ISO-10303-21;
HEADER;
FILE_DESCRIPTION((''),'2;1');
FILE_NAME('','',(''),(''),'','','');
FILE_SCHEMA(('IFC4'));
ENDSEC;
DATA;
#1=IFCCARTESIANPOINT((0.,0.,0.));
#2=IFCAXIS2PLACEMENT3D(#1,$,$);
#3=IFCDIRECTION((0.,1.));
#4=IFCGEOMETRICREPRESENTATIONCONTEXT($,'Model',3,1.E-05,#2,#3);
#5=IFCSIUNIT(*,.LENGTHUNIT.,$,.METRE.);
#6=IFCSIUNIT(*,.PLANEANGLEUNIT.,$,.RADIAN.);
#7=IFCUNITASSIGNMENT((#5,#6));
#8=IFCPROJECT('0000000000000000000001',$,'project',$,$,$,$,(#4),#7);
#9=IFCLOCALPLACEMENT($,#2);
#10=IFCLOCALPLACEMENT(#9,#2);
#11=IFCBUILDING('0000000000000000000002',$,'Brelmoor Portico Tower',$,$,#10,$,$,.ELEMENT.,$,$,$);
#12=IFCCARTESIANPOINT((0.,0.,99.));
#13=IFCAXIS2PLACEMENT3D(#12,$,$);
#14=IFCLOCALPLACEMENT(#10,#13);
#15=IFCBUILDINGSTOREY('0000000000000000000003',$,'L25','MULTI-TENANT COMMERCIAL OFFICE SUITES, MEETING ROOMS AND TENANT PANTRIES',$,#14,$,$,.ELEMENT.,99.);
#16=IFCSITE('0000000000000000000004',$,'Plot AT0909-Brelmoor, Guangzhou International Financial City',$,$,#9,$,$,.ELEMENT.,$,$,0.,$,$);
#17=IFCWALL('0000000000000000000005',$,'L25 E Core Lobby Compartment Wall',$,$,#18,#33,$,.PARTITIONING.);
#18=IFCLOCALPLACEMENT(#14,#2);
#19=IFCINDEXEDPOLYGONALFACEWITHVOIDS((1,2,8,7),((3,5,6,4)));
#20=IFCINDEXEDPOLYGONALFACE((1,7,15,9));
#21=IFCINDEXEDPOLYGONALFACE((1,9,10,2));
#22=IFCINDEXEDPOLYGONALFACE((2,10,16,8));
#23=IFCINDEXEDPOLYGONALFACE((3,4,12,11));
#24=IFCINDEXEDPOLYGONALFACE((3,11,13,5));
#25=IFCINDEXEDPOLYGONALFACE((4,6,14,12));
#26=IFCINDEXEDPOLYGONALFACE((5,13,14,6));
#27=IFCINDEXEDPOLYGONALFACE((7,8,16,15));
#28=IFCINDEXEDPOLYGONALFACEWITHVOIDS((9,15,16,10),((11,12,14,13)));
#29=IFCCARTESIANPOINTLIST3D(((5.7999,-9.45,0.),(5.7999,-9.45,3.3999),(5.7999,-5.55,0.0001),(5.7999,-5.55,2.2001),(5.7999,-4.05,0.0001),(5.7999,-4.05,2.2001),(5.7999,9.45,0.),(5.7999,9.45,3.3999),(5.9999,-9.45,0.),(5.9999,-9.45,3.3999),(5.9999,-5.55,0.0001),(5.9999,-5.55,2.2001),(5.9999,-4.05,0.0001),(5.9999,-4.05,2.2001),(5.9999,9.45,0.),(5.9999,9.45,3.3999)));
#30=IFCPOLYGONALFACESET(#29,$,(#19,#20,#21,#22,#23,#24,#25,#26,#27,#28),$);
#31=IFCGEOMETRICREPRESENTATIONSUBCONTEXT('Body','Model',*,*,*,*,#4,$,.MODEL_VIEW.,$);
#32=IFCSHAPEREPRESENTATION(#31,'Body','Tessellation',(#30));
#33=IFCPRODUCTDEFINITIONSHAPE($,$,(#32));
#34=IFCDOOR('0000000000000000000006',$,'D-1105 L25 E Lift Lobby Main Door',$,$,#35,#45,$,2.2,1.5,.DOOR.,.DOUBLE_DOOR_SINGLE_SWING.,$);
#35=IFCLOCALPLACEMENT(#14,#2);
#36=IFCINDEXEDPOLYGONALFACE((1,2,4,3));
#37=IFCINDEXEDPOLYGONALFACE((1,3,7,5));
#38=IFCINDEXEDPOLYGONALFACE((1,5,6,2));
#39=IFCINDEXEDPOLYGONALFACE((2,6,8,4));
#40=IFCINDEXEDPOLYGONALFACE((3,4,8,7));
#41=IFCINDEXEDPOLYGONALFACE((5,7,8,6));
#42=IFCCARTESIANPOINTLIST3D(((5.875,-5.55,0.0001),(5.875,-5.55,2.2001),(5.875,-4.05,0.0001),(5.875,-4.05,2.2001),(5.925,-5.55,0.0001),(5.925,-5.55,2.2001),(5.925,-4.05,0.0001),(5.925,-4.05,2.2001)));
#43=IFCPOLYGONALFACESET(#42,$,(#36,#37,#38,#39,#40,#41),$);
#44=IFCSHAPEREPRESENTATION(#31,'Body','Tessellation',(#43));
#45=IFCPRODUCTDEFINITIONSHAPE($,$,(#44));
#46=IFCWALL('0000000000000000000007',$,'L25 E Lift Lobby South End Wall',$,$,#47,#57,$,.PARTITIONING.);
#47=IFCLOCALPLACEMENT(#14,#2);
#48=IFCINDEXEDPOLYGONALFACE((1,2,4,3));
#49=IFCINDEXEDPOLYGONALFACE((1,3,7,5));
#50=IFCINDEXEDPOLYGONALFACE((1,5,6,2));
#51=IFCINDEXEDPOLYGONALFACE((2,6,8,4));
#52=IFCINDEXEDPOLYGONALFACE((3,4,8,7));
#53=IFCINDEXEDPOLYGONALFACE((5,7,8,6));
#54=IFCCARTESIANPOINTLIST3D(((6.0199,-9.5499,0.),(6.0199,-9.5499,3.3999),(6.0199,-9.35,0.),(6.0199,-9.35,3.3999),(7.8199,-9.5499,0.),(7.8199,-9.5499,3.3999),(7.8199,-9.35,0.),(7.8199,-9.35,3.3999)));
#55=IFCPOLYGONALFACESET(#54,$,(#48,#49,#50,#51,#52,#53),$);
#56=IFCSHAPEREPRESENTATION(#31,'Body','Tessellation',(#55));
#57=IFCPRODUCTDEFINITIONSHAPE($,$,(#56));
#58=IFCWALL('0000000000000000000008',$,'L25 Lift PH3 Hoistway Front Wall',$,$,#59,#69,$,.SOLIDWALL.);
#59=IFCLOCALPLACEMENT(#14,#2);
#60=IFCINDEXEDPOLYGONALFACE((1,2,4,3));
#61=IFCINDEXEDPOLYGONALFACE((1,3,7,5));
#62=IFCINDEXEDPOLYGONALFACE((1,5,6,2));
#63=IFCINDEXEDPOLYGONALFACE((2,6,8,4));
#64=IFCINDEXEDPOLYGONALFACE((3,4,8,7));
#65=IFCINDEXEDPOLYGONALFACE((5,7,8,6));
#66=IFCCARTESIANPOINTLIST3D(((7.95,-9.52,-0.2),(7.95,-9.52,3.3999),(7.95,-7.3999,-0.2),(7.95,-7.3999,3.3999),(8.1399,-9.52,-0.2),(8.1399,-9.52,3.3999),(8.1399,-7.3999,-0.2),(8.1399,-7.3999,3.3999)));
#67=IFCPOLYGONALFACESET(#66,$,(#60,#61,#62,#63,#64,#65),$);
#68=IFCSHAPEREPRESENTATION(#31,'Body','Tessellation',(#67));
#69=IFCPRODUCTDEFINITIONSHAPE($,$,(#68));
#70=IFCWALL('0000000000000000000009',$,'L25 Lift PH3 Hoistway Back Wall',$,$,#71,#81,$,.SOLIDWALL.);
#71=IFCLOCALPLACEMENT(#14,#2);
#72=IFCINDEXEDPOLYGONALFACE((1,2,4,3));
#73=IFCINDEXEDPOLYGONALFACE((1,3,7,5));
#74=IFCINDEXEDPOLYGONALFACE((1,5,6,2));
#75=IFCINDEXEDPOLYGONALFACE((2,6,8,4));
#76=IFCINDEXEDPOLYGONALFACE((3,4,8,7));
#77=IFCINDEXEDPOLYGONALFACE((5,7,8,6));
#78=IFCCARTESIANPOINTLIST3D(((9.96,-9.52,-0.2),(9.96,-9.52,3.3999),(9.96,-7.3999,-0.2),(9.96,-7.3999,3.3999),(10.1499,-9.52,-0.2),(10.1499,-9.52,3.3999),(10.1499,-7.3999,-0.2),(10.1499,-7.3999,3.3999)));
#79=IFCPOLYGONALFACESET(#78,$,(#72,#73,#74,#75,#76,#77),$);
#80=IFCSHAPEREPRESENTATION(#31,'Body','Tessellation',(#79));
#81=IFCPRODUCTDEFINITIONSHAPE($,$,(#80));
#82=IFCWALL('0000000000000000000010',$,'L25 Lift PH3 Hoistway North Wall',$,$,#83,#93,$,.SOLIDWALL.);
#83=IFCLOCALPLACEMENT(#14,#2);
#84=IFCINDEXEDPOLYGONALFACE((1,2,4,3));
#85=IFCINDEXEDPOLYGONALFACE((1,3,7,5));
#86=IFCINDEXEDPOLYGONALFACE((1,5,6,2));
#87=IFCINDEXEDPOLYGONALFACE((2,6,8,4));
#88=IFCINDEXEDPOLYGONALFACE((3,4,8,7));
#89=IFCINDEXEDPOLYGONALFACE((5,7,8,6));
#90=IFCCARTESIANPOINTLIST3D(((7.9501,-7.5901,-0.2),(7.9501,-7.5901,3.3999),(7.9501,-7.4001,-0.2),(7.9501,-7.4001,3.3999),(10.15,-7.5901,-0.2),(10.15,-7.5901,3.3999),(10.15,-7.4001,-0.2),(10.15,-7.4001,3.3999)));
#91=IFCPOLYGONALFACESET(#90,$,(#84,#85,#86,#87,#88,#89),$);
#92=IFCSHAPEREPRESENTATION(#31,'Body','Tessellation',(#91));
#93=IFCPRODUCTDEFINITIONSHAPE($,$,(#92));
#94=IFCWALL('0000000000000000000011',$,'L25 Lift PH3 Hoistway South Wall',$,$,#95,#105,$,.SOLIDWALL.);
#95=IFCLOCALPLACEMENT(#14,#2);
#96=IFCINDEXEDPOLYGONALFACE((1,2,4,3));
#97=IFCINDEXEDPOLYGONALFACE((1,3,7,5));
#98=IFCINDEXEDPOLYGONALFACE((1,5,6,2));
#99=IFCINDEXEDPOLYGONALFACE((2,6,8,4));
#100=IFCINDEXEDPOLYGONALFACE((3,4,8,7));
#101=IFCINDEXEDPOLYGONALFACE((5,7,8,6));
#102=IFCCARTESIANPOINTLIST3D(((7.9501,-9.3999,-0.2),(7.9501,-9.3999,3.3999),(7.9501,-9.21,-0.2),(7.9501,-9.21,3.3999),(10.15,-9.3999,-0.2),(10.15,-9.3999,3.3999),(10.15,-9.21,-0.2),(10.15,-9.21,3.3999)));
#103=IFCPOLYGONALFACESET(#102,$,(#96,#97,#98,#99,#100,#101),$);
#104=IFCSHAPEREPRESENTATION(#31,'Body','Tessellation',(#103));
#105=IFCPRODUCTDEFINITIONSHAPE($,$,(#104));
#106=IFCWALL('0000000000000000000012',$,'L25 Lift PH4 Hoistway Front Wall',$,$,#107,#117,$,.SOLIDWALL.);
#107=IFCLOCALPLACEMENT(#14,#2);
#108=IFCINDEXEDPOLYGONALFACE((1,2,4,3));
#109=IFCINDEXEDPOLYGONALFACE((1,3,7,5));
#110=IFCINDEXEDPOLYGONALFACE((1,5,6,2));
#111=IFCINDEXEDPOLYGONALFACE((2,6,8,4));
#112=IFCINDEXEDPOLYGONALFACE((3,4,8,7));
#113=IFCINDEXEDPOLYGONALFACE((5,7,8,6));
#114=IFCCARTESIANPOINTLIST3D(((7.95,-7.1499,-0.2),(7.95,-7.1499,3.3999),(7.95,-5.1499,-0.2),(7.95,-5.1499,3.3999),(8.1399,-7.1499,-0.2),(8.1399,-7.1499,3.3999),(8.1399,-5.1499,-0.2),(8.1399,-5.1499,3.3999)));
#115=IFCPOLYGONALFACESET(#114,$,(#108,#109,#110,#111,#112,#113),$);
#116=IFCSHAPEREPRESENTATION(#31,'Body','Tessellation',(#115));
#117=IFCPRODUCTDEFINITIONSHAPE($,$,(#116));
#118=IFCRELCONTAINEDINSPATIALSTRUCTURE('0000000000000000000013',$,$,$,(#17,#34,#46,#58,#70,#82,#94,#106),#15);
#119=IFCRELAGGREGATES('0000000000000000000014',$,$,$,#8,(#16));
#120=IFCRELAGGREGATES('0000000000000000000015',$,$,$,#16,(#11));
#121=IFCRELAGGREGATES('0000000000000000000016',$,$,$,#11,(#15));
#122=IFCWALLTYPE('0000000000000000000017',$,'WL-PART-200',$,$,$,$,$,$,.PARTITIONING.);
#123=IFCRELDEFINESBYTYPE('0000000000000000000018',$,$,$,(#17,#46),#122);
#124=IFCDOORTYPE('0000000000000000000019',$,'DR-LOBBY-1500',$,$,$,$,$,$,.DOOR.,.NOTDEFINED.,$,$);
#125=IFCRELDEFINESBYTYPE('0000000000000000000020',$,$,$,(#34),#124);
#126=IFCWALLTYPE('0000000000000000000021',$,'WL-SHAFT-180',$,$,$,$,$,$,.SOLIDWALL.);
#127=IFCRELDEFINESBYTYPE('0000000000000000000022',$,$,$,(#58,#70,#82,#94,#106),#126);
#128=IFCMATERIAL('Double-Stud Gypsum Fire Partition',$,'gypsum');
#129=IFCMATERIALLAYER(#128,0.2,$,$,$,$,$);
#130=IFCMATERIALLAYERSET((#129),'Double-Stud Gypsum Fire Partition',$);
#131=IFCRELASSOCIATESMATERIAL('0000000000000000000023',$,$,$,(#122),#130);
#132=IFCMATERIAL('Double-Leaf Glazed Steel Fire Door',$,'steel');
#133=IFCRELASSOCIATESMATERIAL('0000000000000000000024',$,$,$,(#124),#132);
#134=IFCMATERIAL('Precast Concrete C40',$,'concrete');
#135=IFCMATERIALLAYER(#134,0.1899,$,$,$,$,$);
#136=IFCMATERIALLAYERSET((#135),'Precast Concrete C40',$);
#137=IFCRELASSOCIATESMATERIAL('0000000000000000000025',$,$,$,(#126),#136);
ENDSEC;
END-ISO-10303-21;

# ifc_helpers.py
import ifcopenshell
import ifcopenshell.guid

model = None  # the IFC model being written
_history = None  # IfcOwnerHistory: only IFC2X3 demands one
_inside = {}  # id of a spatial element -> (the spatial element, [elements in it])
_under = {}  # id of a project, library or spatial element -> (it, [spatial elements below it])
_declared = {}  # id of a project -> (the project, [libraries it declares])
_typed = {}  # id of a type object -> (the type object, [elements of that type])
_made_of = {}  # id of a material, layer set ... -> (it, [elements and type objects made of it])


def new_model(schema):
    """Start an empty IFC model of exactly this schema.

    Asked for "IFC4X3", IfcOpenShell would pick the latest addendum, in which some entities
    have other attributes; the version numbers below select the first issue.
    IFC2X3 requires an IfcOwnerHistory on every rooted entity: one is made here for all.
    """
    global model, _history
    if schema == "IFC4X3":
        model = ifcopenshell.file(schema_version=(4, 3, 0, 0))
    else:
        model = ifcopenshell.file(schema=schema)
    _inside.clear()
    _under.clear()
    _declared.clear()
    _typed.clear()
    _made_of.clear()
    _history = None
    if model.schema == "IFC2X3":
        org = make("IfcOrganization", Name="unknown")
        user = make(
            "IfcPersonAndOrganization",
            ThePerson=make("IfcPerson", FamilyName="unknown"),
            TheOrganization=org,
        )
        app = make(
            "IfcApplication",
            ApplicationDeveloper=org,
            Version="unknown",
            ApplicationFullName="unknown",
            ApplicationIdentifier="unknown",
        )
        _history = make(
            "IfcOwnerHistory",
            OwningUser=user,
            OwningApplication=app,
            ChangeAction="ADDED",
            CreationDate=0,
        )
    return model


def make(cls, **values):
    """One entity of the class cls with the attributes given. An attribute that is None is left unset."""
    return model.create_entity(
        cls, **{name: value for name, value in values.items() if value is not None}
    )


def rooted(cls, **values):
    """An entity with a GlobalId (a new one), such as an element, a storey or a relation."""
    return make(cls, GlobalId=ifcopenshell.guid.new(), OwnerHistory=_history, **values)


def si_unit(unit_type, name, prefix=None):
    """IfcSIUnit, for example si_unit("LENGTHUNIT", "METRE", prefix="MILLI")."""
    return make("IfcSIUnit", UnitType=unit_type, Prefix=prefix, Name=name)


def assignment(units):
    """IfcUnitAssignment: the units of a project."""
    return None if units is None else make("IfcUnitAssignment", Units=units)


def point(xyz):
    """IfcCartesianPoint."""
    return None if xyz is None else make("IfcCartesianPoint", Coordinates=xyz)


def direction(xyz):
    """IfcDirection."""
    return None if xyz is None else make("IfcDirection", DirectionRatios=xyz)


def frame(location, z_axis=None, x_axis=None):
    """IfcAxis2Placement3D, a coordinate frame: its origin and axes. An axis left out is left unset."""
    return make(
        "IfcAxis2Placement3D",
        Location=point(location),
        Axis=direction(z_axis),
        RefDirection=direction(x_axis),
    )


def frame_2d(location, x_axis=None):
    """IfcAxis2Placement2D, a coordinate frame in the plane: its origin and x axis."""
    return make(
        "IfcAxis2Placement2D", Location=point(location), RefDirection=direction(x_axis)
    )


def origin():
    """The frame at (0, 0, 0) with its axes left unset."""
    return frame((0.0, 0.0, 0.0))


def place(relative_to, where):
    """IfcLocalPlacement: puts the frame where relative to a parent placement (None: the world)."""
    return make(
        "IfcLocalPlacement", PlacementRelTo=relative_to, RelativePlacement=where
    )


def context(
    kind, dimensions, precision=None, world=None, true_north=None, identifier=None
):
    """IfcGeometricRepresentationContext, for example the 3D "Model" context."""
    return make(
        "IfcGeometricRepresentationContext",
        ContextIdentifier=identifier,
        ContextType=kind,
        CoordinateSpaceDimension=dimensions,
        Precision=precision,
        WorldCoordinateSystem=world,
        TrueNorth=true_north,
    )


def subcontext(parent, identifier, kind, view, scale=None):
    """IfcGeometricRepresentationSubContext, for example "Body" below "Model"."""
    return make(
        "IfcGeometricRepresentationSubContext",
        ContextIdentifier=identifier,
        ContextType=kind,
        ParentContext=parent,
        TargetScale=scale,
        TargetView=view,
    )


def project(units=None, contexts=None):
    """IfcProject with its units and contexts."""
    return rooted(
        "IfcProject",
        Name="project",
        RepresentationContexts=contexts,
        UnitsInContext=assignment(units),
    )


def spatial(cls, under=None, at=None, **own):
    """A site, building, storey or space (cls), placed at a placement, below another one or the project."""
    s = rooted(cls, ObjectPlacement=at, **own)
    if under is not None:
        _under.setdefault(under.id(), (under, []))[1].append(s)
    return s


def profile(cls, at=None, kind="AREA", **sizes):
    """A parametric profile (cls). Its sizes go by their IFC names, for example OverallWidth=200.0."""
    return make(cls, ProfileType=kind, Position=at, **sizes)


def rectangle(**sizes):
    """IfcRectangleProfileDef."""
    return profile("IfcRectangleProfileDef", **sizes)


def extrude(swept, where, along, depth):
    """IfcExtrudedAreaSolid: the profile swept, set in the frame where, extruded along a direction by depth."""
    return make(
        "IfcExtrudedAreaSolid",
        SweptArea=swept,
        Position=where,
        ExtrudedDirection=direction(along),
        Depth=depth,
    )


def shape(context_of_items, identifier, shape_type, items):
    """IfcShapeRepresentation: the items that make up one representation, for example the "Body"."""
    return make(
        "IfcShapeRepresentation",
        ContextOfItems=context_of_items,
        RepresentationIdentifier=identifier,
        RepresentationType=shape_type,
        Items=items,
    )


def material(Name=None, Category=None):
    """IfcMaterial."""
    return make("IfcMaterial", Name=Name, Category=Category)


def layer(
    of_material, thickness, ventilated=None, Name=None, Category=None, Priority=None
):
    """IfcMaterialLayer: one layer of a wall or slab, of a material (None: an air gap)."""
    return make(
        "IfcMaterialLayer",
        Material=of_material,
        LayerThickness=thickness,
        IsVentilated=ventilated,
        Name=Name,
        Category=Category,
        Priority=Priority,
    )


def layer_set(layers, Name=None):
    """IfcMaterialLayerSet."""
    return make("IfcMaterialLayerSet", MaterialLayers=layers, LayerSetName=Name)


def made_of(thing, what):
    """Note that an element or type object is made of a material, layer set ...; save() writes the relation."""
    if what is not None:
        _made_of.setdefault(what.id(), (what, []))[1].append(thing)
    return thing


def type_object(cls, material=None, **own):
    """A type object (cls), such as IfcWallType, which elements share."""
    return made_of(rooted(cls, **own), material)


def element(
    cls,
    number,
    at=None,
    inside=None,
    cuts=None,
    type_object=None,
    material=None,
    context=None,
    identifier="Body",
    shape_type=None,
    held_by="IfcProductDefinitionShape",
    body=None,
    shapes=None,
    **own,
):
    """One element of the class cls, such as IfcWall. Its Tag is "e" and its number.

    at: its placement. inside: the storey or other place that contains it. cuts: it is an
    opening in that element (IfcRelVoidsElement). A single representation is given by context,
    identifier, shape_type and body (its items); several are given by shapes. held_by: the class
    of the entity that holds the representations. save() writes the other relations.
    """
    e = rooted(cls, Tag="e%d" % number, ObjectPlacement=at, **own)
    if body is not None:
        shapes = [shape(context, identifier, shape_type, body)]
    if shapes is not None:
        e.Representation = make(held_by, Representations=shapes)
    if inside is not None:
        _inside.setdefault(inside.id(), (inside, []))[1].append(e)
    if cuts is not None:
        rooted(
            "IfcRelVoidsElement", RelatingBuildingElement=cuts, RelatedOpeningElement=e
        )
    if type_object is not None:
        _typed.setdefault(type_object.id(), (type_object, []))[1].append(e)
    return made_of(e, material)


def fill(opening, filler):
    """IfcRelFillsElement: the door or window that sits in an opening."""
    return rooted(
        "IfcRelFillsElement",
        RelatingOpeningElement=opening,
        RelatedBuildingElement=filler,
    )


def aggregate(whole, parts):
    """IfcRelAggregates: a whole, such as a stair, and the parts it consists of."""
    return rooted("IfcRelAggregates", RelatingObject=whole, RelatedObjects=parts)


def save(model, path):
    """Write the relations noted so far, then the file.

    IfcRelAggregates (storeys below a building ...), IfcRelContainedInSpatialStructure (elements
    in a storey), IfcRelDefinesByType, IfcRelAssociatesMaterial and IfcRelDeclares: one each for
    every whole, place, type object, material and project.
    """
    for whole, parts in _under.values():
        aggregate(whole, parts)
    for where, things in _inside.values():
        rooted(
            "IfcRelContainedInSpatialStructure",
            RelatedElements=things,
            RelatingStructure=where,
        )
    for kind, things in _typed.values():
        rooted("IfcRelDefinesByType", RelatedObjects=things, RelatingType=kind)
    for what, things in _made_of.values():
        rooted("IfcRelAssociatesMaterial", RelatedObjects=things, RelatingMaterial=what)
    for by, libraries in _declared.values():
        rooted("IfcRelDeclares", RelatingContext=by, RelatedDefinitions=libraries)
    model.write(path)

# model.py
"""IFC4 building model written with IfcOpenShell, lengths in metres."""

from ifc_helpers import new_model, si_unit, direction, frame, frame_2d, origin, place, context, subcontext, project, spatial, rectangle, extrude, material, layer, layer_set, type_object, element, fill, save


model = new_model("IFC4")

# Units and contexts
model_context = context("Model", 3, precision=1e-05, world=origin(), true_north=direction((0.0, 1.0)))
body_context = subcontext(model_context, "Body", "Model", "MODEL_VIEW")
ifc_project = project(units=[si_unit("LENGTHUNIT", "METRE"), si_unit("PLANEANGLEUNIT", "RADIAN")], contexts=[model_context])

# Site, building, storey
site_placement = place(None, origin())
site = spatial("IfcSite", under=ifc_project, at=site_placement, Name="Plot AT0909-Brelmoor, Guangzhou International Financial City", CompositionType="ELEMENT", RefElevation=0.0)
building_placement = place(site_placement, origin())
building = spatial("IfcBuilding", under=site, at=building_placement, Name="Brelmoor Portico Tower", CompositionType="ELEMENT")
storey_placement = place(building_placement, frame((0.0, 0.0, 99.0)))
storey = spatial("IfcBuildingStorey", under=building, at=storey_placement, Name="L25", Description="MULTI-TENANT COMMERCIAL OFFICE SUITES, MEETING ROOMS AND TENANT PANTRIES", CompositionType="ELEMENT", Elevation=99.0)

# Wall, opening, door
ifc_material_1 = material(Name="Double-Stud Gypsum Fire Partition", Category="gypsum")
ifc_layer_1 = layer(ifc_material_1, 0.2)
ifc_layer_set_1 = layer_set([ifc_layer_1], Name="Double-Stud Gypsum Fire Partition")
wall_type_1 = type_object("IfcWallType", Name="WL-PART-200", PredefinedType="PARTITIONING", material=ifc_layer_set_1)
wall_1_placement = place(storey_placement, frame((5.8999, -9.45, 0.0), z_axis=(0.0, 0.0, 1.0), x_axis=(0.0, 1.0, 0.0)))
wall_1 = element("IfcWall", 1, at=wall_1_placement, inside=storey, type_object=wall_type_1, Name="L25 E Core Lobby Compartment Wall", PredefinedType="PARTITIONING", context=body_context, shape_type="SweptSolid", body=[
    extrude(rectangle(XDim=18.8999, YDim=0.2, at=frame_2d((9.45, 0.0))), origin(), (0.0, 0.0, 1.0), 3.3999),
])
opening_1_placement = place(wall_1_placement, frame((3.8999, 0.0, 0.0)))
opening_1 = element("IfcOpeningElement", 2, at=opening_1_placement, cuts=wall_1, PredefinedType="OPENING", context=body_context, shape_type="SweptSolid", body=[
    extrude(rectangle(XDim=1.5, YDim=2.2, at=frame_2d((0.75, 1.1001))), frame((0.0, 0.1099, 0.0), z_axis=(0.0, -1.0, 0.0), x_axis=(1.0, 0.0, 0.0)), (0.0, 0.0, 1.0), 0.22),
])
ifc_material_2 = material(Name="Double-Leaf Glazed Steel Fire Door", Category="steel")
door_type_1 = type_object("IfcDoorType", Name="DR-LOBBY-1500", OperationType="NOTDEFINED", PredefinedType="DOOR", material=ifc_material_2)
door_1_placement = place(opening_1_placement, origin())
door_1 = element("IfcDoor", 3, at=door_1_placement, inside=storey, type_object=door_type_1, Name="D-1105 L25 E Lift Lobby Main Door", OperationType="DOUBLE_DOOR_SINGLE_SWING", OverallHeight=2.2, OverallWidth=1.5, PredefinedType="DOOR", context=body_context, shape_type="SweptSolid", body=[
    extrude(rectangle(XDim=1.5, YDim=2.2, at=frame_2d((0.75, 1.1001))), frame((0.0, 0.0249, 0.0), z_axis=(0.0, -1.0, 0.0), x_axis=(1.0, 0.0, 0.0)), (0.0, 0.0, 1.0), 0.05),
])
fill(opening_1, door_1)

# Walls
wall_2_placement = place(storey_placement, frame((6.02, -9.45, 0.0), z_axis=(0.0, 0.0, 1.0), x_axis=(1.0, 0.0, 0.0)))
element("IfcWall", 4, at=wall_2_placement, inside=storey, type_object=wall_type_1, Name="L25 E Lift Lobby South End Wall", PredefinedType="PARTITIONING", context=body_context, shape_type="SweptSolid", body=[
    extrude(rectangle(XDim=1.8, YDim=0.2, at=frame_2d((0.8999, 0.0))), origin(), (0.0, 0.0, 1.0), 3.3999),
])
ifc_material_3 = material(Name="Precast Concrete C40", Category="concrete")
ifc_layer_2 = layer(ifc_material_3, 0.1899)
ifc_layer_set_2 = layer_set([ifc_layer_2], Name="Precast Concrete C40")
wall_type_2 = type_object("IfcWallType", Name="WL-SHAFT-180", PredefinedType="SOLIDWALL", material=ifc_layer_set_2)
for number, where, z_axis, x_axis, name in (
    (5, (8.0449, -9.52, -0.2), (0.0, 0.0, 1.0), (0.0, 1.0, 0.0), "L25 Lift PH3 Hoistway Front Wall"),
    (6, (10.0549, -9.52, -0.2), (0.0, 0.0, 1.0), (0.0, 1.0, 0.0), "L25 Lift PH3 Hoistway Back Wall"),
):
    element("IfcWall", number, at=place(storey_placement, frame(where, z_axis=z_axis, x_axis=x_axis)), inside=storey, type_object=wall_type_2, Name=name, PredefinedType="SOLIDWALL", context=body_context, shape_type="SweptSolid", body=[
        extrude(rectangle(XDim=2.1201, YDim=0.1899, at=frame_2d((1.0601, 0.0))), origin(), (0.0, 0.0, 1.0), 3.5999),
    ])
for number, where, z_axis, x_axis, name in (
    (7, (7.95, -7.4951, -0.2), (0.0, 0.0, 1.0), (1.0, 0.0, 0.0), "L25 Lift PH3 Hoistway North Wall"),
    (8, (7.95, -9.3049, -0.2), (0.0, 0.0, 1.0), (1.0, 0.0, 0.0), "L25 Lift PH3 Hoistway South Wall"),
):
    element("IfcWall", number, at=place(storey_placement, frame(where, z_axis=z_axis, x_axis=x_axis)), inside=storey, type_object=wall_type_2, Name=name, PredefinedType="SOLIDWALL", context=body_context, shape_type="SweptSolid", body=[
        extrude(rectangle(XDim=2.2, YDim=0.1899, at=frame_2d((1.1001, 0.0))), origin(), (0.0, 0.0, 1.0), 3.5999),
    ])
wall_3_placement = place(storey_placement, frame((8.0449, -7.1499, -0.2), z_axis=(0.0, 0.0, 1.0), x_axis=(0.0, 1.0, 0.0)))
element("IfcWall", 9, at=wall_3_placement, inside=storey, type_object=wall_type_2, Name="L25 Lift PH4 Hoistway Front Wall", PredefinedType="SOLIDWALL", context=body_context, shape_type="SweptSolid", body=[
    extrude(rectangle(XDim=2.0, YDim=0.1899, at=frame_2d((1.0, 0.0))), origin(), (0.0, 0.0, 1.0), 3.5999),
])

save(model, "model.ifc")
